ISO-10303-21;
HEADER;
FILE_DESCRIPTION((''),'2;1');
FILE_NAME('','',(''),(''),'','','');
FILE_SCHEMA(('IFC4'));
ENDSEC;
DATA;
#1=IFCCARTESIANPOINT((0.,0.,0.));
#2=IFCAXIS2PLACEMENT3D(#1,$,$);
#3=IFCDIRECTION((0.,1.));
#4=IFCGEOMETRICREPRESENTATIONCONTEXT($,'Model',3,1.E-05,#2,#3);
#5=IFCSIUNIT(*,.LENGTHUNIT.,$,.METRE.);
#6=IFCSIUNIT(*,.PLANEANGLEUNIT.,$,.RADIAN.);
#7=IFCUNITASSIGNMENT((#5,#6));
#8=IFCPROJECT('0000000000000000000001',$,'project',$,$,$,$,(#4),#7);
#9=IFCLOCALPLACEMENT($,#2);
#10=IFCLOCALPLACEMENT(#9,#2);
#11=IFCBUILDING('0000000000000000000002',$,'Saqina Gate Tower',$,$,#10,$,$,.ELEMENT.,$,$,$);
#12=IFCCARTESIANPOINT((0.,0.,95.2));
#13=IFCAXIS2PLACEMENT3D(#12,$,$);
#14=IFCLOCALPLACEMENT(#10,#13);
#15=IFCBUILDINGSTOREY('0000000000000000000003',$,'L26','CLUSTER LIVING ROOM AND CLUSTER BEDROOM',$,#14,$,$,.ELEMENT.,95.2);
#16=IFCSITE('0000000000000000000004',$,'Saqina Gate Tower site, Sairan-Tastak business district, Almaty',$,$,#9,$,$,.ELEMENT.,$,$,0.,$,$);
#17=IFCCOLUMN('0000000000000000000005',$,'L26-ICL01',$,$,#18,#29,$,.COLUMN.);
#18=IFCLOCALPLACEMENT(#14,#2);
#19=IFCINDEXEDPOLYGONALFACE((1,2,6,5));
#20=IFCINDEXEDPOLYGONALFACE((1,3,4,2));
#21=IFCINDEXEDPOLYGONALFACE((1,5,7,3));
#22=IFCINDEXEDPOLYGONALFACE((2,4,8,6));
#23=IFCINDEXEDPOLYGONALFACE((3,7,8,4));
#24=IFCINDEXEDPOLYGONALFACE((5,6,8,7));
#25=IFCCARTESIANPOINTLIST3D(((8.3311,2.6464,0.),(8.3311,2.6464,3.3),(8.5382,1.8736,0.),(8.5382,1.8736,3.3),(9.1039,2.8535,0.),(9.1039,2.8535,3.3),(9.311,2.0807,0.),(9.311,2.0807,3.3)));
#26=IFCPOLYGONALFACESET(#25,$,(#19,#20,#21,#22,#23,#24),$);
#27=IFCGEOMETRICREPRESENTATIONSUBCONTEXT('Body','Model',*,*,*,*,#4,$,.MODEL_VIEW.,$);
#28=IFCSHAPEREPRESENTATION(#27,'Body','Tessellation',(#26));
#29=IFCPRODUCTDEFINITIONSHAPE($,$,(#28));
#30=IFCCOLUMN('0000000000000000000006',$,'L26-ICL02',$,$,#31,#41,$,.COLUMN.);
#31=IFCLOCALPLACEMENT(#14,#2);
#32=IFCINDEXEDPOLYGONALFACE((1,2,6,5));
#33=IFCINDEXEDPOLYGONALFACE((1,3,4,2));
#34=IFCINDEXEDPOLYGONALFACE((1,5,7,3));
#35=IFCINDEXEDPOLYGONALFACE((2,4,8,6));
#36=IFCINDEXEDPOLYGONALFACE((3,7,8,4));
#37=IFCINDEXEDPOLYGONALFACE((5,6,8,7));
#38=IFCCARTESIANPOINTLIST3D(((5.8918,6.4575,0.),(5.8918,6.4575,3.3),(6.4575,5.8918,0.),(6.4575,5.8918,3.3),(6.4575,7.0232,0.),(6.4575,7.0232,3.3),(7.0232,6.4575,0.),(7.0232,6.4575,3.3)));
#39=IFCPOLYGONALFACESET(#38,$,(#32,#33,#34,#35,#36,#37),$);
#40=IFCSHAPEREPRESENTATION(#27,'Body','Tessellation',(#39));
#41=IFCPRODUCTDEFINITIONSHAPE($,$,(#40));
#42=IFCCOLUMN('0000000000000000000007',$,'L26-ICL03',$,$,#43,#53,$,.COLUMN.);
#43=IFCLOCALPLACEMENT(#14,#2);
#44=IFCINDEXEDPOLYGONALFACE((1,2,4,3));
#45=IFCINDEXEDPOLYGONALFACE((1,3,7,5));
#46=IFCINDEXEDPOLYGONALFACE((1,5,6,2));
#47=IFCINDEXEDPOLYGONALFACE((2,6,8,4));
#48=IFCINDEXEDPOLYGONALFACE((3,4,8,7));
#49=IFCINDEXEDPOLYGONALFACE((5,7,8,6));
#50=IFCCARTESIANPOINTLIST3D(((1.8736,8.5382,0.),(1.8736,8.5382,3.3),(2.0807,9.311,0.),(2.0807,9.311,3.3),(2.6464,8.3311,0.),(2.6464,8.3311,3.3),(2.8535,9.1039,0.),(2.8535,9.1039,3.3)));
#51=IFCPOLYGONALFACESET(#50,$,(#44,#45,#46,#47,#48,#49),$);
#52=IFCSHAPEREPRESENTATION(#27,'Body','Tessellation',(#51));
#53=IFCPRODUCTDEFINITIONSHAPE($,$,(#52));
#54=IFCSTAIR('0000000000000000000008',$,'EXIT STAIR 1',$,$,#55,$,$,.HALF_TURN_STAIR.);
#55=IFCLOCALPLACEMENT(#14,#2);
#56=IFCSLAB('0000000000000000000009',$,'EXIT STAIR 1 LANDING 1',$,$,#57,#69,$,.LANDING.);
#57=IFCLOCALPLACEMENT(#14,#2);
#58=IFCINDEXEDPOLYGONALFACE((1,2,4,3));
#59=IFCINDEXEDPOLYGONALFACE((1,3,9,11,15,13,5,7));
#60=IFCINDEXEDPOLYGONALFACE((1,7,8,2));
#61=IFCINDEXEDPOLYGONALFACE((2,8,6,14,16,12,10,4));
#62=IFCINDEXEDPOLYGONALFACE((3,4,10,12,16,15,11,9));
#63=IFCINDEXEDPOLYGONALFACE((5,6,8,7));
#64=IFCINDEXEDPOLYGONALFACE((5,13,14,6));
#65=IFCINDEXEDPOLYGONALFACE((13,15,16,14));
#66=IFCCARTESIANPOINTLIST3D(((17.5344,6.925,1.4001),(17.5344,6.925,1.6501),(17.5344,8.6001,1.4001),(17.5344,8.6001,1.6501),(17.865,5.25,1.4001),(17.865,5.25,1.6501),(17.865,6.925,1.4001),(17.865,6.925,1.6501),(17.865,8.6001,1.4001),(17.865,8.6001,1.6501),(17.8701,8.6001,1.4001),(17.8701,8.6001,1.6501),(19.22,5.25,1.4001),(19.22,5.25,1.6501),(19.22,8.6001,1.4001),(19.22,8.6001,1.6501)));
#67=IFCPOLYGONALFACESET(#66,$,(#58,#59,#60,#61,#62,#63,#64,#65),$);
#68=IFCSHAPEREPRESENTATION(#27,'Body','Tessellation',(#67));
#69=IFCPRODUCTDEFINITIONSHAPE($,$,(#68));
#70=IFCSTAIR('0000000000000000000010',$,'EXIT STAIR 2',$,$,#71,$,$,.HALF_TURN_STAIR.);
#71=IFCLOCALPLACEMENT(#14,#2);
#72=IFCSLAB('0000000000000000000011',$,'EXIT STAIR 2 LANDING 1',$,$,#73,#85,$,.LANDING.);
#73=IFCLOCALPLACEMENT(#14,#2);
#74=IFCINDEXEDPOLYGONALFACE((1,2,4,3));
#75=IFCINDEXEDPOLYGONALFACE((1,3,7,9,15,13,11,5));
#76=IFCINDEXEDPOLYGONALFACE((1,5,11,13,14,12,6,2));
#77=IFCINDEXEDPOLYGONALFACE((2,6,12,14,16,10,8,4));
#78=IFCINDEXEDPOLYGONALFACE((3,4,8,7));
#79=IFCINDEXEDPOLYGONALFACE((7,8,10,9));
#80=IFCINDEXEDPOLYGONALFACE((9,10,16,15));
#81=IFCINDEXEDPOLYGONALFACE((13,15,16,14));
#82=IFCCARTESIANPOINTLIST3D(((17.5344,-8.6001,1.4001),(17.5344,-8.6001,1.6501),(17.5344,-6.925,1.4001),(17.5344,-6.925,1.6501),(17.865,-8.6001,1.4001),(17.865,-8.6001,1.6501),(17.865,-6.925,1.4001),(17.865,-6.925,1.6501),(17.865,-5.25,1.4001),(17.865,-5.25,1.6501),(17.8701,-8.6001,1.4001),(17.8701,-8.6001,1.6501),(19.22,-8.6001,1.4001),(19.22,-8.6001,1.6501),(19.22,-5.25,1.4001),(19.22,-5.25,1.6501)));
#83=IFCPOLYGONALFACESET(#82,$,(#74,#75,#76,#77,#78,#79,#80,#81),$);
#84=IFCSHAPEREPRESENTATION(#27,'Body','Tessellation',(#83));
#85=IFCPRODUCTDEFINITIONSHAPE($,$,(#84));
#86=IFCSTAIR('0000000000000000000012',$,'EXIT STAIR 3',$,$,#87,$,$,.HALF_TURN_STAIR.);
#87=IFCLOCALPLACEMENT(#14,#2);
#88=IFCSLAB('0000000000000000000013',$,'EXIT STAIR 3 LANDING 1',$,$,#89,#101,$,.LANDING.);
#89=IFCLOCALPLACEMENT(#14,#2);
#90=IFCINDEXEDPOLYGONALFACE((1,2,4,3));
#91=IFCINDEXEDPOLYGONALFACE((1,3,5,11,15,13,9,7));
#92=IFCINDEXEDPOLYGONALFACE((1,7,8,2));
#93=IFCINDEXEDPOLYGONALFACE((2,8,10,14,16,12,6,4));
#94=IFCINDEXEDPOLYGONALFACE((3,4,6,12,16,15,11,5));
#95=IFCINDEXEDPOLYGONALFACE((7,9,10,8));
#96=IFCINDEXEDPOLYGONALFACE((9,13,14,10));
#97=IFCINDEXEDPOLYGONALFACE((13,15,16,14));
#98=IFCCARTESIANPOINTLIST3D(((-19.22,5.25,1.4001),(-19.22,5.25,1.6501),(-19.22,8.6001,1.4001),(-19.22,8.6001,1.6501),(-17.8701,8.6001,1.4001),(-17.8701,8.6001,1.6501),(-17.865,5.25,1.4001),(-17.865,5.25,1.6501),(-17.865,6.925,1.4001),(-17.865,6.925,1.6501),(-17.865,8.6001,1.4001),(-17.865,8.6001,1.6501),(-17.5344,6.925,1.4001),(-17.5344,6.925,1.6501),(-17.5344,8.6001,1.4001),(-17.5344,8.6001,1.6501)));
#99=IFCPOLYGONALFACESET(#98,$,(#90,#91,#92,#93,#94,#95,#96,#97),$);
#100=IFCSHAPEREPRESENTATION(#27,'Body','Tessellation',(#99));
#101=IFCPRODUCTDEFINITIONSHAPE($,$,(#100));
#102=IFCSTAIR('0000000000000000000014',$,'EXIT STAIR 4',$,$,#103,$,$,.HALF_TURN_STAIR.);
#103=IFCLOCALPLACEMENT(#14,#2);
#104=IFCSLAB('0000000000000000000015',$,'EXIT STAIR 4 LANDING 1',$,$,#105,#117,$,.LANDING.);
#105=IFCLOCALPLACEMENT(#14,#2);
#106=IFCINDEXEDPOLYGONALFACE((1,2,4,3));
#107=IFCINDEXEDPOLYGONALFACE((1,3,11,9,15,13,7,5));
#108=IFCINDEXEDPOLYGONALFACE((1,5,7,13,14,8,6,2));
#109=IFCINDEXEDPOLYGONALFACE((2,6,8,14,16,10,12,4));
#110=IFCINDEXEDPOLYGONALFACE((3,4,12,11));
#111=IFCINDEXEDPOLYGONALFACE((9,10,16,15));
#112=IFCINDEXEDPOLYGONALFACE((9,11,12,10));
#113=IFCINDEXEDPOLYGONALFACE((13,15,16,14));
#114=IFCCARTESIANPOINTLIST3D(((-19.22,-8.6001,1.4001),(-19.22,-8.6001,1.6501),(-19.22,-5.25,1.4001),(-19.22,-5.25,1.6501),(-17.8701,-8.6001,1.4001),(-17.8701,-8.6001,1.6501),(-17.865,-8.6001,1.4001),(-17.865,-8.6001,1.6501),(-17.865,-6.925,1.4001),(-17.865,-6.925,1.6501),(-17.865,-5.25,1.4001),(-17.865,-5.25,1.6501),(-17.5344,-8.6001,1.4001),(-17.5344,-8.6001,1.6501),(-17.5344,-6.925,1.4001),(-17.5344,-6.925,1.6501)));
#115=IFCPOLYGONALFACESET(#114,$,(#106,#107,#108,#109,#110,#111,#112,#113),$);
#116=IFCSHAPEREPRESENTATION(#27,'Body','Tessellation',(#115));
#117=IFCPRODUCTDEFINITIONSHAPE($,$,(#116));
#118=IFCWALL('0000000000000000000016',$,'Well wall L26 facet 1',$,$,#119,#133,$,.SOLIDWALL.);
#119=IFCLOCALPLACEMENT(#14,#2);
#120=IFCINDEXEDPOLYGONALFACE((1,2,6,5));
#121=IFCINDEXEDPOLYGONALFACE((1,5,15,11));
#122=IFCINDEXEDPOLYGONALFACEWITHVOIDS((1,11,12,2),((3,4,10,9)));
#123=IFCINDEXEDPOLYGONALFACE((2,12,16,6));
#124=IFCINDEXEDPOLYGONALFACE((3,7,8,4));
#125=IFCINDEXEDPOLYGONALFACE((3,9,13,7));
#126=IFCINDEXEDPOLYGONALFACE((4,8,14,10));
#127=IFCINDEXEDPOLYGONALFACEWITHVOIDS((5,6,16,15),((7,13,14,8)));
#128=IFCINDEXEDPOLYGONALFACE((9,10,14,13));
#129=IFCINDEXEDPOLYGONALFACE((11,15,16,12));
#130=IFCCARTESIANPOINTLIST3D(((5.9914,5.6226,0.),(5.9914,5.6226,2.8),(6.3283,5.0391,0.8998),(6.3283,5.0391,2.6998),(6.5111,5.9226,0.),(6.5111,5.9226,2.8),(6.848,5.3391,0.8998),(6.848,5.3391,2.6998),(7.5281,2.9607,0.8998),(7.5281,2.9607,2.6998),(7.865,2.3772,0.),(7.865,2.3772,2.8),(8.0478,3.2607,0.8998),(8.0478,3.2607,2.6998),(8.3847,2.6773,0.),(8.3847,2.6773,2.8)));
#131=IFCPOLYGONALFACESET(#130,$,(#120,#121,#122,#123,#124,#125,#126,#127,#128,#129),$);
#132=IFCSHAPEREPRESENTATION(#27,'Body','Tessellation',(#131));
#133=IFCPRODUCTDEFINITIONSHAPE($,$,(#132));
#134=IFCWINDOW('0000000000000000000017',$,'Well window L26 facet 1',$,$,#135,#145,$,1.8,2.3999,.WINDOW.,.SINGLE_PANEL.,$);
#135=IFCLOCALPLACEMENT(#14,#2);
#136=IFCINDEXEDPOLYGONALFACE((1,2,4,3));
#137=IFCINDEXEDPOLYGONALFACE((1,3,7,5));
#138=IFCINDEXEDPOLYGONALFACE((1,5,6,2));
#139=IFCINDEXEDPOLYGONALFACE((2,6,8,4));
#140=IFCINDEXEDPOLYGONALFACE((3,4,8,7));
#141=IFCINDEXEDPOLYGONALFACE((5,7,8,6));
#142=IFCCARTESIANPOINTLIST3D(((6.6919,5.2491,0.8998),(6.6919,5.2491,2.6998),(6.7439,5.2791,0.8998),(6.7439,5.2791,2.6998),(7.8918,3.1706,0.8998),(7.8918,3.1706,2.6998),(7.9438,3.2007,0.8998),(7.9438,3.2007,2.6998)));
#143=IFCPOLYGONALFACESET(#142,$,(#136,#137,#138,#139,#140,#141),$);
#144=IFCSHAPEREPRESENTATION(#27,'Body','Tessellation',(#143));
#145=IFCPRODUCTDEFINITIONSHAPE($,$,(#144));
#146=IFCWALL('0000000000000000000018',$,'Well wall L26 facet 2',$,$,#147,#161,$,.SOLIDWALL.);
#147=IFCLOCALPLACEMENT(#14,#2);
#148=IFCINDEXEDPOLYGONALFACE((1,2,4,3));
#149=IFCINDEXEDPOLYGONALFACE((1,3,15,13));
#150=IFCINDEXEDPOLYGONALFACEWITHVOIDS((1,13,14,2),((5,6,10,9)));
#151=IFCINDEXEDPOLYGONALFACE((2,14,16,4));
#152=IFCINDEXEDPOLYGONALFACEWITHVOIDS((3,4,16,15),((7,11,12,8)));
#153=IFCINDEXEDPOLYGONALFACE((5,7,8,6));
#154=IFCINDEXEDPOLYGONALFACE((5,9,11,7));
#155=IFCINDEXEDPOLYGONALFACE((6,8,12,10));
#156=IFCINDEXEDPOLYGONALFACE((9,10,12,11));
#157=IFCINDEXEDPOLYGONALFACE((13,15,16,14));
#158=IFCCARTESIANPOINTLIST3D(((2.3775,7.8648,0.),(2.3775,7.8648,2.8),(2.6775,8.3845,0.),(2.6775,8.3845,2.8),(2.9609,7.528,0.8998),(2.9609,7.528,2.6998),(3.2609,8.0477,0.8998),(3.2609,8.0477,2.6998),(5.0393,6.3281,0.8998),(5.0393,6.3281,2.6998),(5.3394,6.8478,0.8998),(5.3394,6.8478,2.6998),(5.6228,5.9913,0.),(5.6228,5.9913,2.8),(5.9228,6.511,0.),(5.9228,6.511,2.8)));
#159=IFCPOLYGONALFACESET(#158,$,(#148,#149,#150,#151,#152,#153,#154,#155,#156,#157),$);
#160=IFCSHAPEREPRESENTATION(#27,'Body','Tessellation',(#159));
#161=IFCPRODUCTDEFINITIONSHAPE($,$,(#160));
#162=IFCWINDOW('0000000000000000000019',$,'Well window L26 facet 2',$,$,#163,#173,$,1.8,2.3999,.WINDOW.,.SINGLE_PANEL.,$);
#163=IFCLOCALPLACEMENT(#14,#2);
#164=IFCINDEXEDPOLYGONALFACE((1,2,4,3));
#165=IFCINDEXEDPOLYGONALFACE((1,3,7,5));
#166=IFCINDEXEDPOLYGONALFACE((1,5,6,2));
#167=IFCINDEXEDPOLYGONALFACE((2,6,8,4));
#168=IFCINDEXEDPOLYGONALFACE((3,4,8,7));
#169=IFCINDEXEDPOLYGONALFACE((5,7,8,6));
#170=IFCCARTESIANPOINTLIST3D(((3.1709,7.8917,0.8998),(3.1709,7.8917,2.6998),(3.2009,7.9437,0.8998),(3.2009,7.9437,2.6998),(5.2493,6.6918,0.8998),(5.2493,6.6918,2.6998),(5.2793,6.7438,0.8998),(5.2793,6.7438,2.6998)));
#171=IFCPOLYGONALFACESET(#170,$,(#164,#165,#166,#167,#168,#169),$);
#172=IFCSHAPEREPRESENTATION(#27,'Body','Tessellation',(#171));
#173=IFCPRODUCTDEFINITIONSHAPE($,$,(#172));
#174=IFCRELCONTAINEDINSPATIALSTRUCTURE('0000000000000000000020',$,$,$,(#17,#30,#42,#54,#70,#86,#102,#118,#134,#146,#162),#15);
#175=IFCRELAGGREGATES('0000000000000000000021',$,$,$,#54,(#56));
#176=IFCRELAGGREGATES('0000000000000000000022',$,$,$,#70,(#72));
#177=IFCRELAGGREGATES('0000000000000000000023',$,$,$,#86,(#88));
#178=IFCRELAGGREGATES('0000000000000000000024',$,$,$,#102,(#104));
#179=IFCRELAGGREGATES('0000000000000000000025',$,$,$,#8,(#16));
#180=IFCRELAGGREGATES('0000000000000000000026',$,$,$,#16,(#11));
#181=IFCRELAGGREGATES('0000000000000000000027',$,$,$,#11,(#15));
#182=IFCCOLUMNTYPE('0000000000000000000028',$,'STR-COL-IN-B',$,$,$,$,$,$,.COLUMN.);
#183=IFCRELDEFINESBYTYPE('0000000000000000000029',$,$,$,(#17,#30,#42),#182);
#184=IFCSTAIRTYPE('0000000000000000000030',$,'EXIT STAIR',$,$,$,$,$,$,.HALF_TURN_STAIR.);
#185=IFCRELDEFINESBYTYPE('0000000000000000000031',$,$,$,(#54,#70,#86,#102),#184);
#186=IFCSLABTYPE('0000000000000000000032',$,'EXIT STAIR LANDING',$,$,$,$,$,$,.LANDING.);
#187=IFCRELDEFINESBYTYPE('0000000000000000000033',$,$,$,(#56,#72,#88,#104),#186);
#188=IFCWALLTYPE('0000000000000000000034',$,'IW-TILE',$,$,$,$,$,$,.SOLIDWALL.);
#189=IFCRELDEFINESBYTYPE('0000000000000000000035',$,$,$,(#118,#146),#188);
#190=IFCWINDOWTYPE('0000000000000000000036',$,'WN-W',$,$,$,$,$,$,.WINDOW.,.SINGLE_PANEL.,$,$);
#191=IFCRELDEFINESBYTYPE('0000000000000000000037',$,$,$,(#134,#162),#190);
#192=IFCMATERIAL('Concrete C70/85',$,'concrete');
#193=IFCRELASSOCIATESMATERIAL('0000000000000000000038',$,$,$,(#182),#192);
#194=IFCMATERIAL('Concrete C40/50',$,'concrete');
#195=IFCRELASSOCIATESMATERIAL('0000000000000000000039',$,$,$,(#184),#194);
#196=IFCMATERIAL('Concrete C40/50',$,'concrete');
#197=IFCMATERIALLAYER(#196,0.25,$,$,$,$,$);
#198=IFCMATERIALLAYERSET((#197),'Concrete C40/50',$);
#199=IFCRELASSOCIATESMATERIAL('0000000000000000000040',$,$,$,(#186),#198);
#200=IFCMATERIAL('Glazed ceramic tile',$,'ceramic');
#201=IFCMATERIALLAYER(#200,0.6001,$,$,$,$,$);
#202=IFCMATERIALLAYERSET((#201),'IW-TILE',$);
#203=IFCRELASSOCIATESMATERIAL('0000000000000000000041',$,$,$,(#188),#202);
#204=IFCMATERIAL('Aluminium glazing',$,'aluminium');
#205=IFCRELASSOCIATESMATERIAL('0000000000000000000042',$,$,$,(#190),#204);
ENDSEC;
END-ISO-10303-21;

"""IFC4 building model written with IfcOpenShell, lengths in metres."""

from ifc_helpers import new_model, si_unit, direction, frame, frame_2d, origin, origin_2d, place, context, subcontext, project, spatial, polyline, rectangle, outline, extrude, material, layer, layer_set, material_profile, profile_set, type_object, element, fill, aggregate, save


model = new_model("IFC4")

# Units and contexts
model_context = context("Model", 3, precision=1e-05, world=origin(), true_north=direction((0.0, 1.0)))
body_context = subcontext(model_context, "Body", "Model", "MODEL_VIEW")
ifc_project = project(units=[si_unit("LENGTHUNIT", "METRE"), si_unit("PLANEANGLEUNIT", "RADIAN")], contexts=[model_context])

# Site, building, storey
site_placement = place(None, origin())
site = spatial("IfcSite", under=ifc_project, at=site_placement, Name="Saqina Gate Tower site, Sairan-Tastak business district, Almaty", CompositionType="ELEMENT", RefElevation=0.0)
building_placement = place(site_placement, origin())
building = spatial("IfcBuilding", under=site, at=building_placement, Name="Saqina Gate Tower", CompositionType="ELEMENT")
storey_placement = place(building_placement, frame((0.0, 0.0, 95.2)))
storey = spatial("IfcBuildingStorey", under=building, at=storey_placement, Name="L26", Description="CLUSTER LIVING ROOM AND CLUSTER BEDROOM", CompositionType="ELEMENT", Elevation=95.2)

# Columns
ifc_material_1 = material(Name="Concrete C70/85", Category="concrete")
ifc_material_profile = material_profile(ifc_material_1, rectangle(XDim=0.8, YDim=0.8, at=origin_2d()), Name="RC 800x800")
ifc_profile_set = profile_set([ifc_material_profile], Name="Concrete C70/85")
column_type = type_object("IfcColumnType", Name="STR-COL-IN-B", PredefinedType="COLUMN", material=ifc_profile_set)
for number, where, z_axis, x_axis, name in (
    (1, (8.821, 2.3635, 0.0), (0.0, 0.0, 1.0), (0.965926, 0.258819, 0.0), "L26-ICL01"),
    (2, (6.4575, 6.4575, 0.0), (0.0, 0.0, 1.0), (0.707107, 0.707107, 0.0), "L26-ICL02"),
    (3, (2.3635, 8.821, 0.0), (0.0, 0.0, 1.0), (0.258819, 0.965926, 0.0), "L26-ICL03"),
):
    element("IfcColumn", number, at=place(storey_placement, frame(where, z_axis=z_axis, x_axis=x_axis)), inside=storey, type_object=column_type, Name=name, PredefinedType="COLUMN", context=body_context, shape_type="SweptSolid", body=[
        extrude(rectangle(XDim=0.8, YDim=0.8, at=origin_2d()), origin(), (0.0, 0.0, 1.0), 3.3),
    ])

# Stairs, slabs
ifc_material_2 = material(Name="Concrete C40/50", Category="concrete")
stair_type = type_object("IfcStairType", Name="EXIT STAIR", PredefinedType="HALF_TURN_STAIR", material=ifc_material_2)
stair_1_placement = place(storey_placement, origin())
stair_1 = element("IfcStair", 4, at=stair_1_placement, inside=storey, type_object=stair_type, Name="EXIT STAIR 1", PredefinedType="HALF_TURN_STAIR")
ifc_material_3 = material(Name="Concrete C40/50", Category="concrete")
ifc_layer_1 = layer(ifc_material_3, 0.25)
ifc_layer_set_1 = layer_set([ifc_layer_1], Name="Concrete C40/50")
slab_type = type_object("IfcSlabType", Name="EXIT STAIR LANDING", PredefinedType="LANDING", material=ifc_layer_set_1)
slab_1_placement = place(storey_placement, frame((0.0, 0.0, 1.4001)))
slab_1 = element("IfcSlab", 5, at=slab_1_placement, type_object=slab_type, Name="EXIT STAIR 1 LANDING 1", PredefinedType="LANDING", context=body_context, shape_type="SweptSolid", body=[
    extrude(outline(polyline([(19.22, 8.6001), (19.22, 5.25), (17.865, 5.25), (17.865, 6.925), (17.5344, 6.925), (17.5344, 8.6001), (17.865, 8.6001), (17.8701, 8.6001), (19.22, 8.6001)])), origin(), (0.0, 0.0, 1.0), 0.25),
])
aggregate(stair_1, [slab_1])
stair_2_placement = place(storey_placement, origin())
stair_2 = element("IfcStair", 6, at=stair_2_placement, inside=storey, type_object=stair_type, Name="EXIT STAIR 2", PredefinedType="HALF_TURN_STAIR")
slab_2_placement = place(storey_placement, frame((0.0, 0.0, 1.4001)))
slab_2 = element("IfcSlab", 7, at=slab_2_placement, type_object=slab_type, Name="EXIT STAIR 2 LANDING 1", PredefinedType="LANDING", context=body_context, shape_type="SweptSolid", body=[
    extrude(outline(polyline([(17.5344, -8.6001), (17.5344, -6.925), (17.865, -6.925), (17.865, -5.25), (19.22, -5.25), (19.22, -8.6001), (17.8701, -8.6001), (17.865, -8.6001), (17.5344, -8.6001)])), origin(), (0.0, 0.0, 1.0), 0.25),
])
aggregate(stair_2, [slab_2])
stair_3_placement = place(storey_placement, origin())
stair_3 = element("IfcStair", 8, at=stair_3_placement, inside=storey, type_object=stair_type, Name="EXIT STAIR 3", PredefinedType="HALF_TURN_STAIR")
slab_3_placement = place(storey_placement, frame((0.0, 0.0, 1.4001)))
slab_3 = element("IfcSlab", 9, at=slab_3_placement, type_object=slab_type, Name="EXIT STAIR 3 LANDING 1", PredefinedType="LANDING", context=body_context, shape_type="SweptSolid", body=[
    extrude(outline(polyline([(-17.865, 5.25), (-19.22, 5.25), (-19.22, 8.6001), (-17.8701, 8.6001), (-17.865, 8.6001), (-17.5344, 8.6001), (-17.5344, 6.925), (-17.865, 6.925), (-17.865, 5.25)])), origin(), (0.0, 0.0, 1.0), 0.25),
])
aggregate(stair_3, [slab_3])
stair_4_placement = place(storey_placement, origin())
stair_4 = element("IfcStair", 10, at=stair_4_placement, inside=storey, type_object=stair_type, Name="EXIT STAIR 4", PredefinedType="HALF_TURN_STAIR")
slab_4_placement = place(storey_placement, frame((0.0, 0.0, 1.4001)))
slab_4 = element("IfcSlab", 11, at=slab_4_placement, type_object=slab_type, Name="EXIT STAIR 4 LANDING 1", PredefinedType="LANDING", context=body_context, shape_type="SweptSolid", body=[
    extrude(outline(polyline([(-17.5344, -6.925), (-17.5344, -8.6001), (-17.865, -8.6001), (-17.8701, -8.6001), (-19.22, -8.6001), (-19.22, -5.25), (-17.865, -5.25), (-17.865, -6.925), (-17.5344, -6.925)])), origin(), (0.0, 0.0, 1.0), 0.25),
])
aggregate(stair_4, [slab_4])

# Walls, openings, windows
ifc_material_4 = material(Name="Glazed ceramic tile", Category="ceramic")
ifc_layer_2 = layer(ifc_material_4, 0.6001)
ifc_layer_set_2 = layer_set([ifc_layer_2], Name="IW-TILE")
wall_type_1 = type_object("IfcWallType", Name="IW-TILE", PredefinedType="SOLIDWALL", material=ifc_layer_set_2)
wall_1_placement = place(storey_placement, frame((8.1248, 2.5273, 0.0), z_axis=(0.0, 0.0, 1.0), x_axis=(-0.499965, 0.866046, 0.0)))
wall_1 = element("IfcWall", 12, at=wall_1_placement, inside=storey, type_object=wall_type_1, Name="Well wall L26 facet 1", PredefinedType="SOLIDWALL", context=body_context, shape_type="SweptSolid", body=[
    extrude(rectangle(XDim=3.7473, YDim=0.6001, at=frame_2d((1.8735, 0.0))), origin(), (0.0, 0.0, 1.0), 2.8),
])
opening_1_placement = place(wall_1_placement, frame((0.6736, 0.0, 0.8999)))
opening_1 = element("IfcOpeningElement", 13, at=opening_1_placement, cuts=wall_1, PredefinedType="OPENING", context=body_context, shape_type="SweptSolid", body=[
    extrude(rectangle(XDim=2.3999, YDim=1.8, at=frame_2d((1.2, 0.8999))), frame((0.0, 0.312, 0.0), z_axis=(0.0, -1.0, 0.0), x_axis=(1.0, 0.0, 0.0)), (0.0, 0.0, 1.0), 0.624),
])
ifc_material_5 = material(Name="Aluminium glazing", Category="aluminium")
window_type = type_object("IfcWindowType", Name="WN-W", PartitioningType="SINGLE_PANEL", PredefinedType="WINDOW", material=ifc_material_5)
window_1_placement = place(opening_1_placement, origin())
window_1 = element("IfcWindow", 14, at=window_1_placement, inside=storey, type_object=window_type, Name="Well window L26 facet 1", OverallHeight=1.8, OverallWidth=2.3999, PartitioningType="SINGLE_PANEL", PredefinedType="WINDOW", context=body_context, shape_type="SweptSolid", body=[
    extrude(rectangle(XDim=2.3999, YDim=1.8, at=frame_2d((1.2, 0.8999))), frame((0.0, -0.1199, 0.0), z_axis=(0.0, -1.0, 0.0), x_axis=(1.0, 0.0, 0.0)), (0.0, 0.0, 1.0), 0.0601),
])
fill(opening_1, window_1)
wall_2_placement = place(storey_placement, frame((5.7727, 6.2512, 0.0), z_axis=(0.0, 0.0, 1.0), x_axis=(-0.866046, 0.499965, 0.0)))
wall_2 = element("IfcWall", 15, at=wall_2_placement, inside=storey, type_object=wall_type_1, Name="Well wall L26 facet 2", PredefinedType="SOLIDWALL", context=body_context, shape_type="SweptSolid", body=[
    extrude(rectangle(XDim=3.7473, YDim=0.6001, at=frame_2d((1.8735, 0.0))), origin(), (0.0, 0.0, 1.0), 2.8),
])
opening_2_placement = place(wall_2_placement, frame((0.6736, 0.0, 0.8999)))
opening_2 = element("IfcOpeningElement", 16, at=opening_2_placement, cuts=wall_2, PredefinedType="OPENING", context=body_context, shape_type="SweptSolid", body=[
    extrude(rectangle(XDim=2.3999, YDim=1.8, at=frame_2d((1.2, 0.8999))), frame((0.0, 0.312, 0.0), z_axis=(0.0, -1.0, 0.0), x_axis=(1.0, 0.0, 0.0)), (0.0, 0.0, 1.0), 0.624),
])
window_2_placement = place(opening_2_placement, origin())
window_2 = element("IfcWindow", 17, at=window_2_placement, inside=storey, type_object=window_type, Name="Well window L26 facet 2", OverallHeight=1.8, OverallWidth=2.3999, PartitioningType="SINGLE_PANEL", PredefinedType="WINDOW", context=body_context, shape_type="SweptSolid", body=[
    extrude(rectangle(XDim=2.3999, YDim=1.8, at=frame_2d((1.2, 0.8999))), frame((0.0, -0.1199, 0.0), z_axis=(0.0, -1.0, 0.0), x_axis=(1.0, 0.0, 0.0)), (0.0, 0.0, 1.0), 0.0601),
])
fill(opening_2, window_2)

save(model, "model.ifc")
